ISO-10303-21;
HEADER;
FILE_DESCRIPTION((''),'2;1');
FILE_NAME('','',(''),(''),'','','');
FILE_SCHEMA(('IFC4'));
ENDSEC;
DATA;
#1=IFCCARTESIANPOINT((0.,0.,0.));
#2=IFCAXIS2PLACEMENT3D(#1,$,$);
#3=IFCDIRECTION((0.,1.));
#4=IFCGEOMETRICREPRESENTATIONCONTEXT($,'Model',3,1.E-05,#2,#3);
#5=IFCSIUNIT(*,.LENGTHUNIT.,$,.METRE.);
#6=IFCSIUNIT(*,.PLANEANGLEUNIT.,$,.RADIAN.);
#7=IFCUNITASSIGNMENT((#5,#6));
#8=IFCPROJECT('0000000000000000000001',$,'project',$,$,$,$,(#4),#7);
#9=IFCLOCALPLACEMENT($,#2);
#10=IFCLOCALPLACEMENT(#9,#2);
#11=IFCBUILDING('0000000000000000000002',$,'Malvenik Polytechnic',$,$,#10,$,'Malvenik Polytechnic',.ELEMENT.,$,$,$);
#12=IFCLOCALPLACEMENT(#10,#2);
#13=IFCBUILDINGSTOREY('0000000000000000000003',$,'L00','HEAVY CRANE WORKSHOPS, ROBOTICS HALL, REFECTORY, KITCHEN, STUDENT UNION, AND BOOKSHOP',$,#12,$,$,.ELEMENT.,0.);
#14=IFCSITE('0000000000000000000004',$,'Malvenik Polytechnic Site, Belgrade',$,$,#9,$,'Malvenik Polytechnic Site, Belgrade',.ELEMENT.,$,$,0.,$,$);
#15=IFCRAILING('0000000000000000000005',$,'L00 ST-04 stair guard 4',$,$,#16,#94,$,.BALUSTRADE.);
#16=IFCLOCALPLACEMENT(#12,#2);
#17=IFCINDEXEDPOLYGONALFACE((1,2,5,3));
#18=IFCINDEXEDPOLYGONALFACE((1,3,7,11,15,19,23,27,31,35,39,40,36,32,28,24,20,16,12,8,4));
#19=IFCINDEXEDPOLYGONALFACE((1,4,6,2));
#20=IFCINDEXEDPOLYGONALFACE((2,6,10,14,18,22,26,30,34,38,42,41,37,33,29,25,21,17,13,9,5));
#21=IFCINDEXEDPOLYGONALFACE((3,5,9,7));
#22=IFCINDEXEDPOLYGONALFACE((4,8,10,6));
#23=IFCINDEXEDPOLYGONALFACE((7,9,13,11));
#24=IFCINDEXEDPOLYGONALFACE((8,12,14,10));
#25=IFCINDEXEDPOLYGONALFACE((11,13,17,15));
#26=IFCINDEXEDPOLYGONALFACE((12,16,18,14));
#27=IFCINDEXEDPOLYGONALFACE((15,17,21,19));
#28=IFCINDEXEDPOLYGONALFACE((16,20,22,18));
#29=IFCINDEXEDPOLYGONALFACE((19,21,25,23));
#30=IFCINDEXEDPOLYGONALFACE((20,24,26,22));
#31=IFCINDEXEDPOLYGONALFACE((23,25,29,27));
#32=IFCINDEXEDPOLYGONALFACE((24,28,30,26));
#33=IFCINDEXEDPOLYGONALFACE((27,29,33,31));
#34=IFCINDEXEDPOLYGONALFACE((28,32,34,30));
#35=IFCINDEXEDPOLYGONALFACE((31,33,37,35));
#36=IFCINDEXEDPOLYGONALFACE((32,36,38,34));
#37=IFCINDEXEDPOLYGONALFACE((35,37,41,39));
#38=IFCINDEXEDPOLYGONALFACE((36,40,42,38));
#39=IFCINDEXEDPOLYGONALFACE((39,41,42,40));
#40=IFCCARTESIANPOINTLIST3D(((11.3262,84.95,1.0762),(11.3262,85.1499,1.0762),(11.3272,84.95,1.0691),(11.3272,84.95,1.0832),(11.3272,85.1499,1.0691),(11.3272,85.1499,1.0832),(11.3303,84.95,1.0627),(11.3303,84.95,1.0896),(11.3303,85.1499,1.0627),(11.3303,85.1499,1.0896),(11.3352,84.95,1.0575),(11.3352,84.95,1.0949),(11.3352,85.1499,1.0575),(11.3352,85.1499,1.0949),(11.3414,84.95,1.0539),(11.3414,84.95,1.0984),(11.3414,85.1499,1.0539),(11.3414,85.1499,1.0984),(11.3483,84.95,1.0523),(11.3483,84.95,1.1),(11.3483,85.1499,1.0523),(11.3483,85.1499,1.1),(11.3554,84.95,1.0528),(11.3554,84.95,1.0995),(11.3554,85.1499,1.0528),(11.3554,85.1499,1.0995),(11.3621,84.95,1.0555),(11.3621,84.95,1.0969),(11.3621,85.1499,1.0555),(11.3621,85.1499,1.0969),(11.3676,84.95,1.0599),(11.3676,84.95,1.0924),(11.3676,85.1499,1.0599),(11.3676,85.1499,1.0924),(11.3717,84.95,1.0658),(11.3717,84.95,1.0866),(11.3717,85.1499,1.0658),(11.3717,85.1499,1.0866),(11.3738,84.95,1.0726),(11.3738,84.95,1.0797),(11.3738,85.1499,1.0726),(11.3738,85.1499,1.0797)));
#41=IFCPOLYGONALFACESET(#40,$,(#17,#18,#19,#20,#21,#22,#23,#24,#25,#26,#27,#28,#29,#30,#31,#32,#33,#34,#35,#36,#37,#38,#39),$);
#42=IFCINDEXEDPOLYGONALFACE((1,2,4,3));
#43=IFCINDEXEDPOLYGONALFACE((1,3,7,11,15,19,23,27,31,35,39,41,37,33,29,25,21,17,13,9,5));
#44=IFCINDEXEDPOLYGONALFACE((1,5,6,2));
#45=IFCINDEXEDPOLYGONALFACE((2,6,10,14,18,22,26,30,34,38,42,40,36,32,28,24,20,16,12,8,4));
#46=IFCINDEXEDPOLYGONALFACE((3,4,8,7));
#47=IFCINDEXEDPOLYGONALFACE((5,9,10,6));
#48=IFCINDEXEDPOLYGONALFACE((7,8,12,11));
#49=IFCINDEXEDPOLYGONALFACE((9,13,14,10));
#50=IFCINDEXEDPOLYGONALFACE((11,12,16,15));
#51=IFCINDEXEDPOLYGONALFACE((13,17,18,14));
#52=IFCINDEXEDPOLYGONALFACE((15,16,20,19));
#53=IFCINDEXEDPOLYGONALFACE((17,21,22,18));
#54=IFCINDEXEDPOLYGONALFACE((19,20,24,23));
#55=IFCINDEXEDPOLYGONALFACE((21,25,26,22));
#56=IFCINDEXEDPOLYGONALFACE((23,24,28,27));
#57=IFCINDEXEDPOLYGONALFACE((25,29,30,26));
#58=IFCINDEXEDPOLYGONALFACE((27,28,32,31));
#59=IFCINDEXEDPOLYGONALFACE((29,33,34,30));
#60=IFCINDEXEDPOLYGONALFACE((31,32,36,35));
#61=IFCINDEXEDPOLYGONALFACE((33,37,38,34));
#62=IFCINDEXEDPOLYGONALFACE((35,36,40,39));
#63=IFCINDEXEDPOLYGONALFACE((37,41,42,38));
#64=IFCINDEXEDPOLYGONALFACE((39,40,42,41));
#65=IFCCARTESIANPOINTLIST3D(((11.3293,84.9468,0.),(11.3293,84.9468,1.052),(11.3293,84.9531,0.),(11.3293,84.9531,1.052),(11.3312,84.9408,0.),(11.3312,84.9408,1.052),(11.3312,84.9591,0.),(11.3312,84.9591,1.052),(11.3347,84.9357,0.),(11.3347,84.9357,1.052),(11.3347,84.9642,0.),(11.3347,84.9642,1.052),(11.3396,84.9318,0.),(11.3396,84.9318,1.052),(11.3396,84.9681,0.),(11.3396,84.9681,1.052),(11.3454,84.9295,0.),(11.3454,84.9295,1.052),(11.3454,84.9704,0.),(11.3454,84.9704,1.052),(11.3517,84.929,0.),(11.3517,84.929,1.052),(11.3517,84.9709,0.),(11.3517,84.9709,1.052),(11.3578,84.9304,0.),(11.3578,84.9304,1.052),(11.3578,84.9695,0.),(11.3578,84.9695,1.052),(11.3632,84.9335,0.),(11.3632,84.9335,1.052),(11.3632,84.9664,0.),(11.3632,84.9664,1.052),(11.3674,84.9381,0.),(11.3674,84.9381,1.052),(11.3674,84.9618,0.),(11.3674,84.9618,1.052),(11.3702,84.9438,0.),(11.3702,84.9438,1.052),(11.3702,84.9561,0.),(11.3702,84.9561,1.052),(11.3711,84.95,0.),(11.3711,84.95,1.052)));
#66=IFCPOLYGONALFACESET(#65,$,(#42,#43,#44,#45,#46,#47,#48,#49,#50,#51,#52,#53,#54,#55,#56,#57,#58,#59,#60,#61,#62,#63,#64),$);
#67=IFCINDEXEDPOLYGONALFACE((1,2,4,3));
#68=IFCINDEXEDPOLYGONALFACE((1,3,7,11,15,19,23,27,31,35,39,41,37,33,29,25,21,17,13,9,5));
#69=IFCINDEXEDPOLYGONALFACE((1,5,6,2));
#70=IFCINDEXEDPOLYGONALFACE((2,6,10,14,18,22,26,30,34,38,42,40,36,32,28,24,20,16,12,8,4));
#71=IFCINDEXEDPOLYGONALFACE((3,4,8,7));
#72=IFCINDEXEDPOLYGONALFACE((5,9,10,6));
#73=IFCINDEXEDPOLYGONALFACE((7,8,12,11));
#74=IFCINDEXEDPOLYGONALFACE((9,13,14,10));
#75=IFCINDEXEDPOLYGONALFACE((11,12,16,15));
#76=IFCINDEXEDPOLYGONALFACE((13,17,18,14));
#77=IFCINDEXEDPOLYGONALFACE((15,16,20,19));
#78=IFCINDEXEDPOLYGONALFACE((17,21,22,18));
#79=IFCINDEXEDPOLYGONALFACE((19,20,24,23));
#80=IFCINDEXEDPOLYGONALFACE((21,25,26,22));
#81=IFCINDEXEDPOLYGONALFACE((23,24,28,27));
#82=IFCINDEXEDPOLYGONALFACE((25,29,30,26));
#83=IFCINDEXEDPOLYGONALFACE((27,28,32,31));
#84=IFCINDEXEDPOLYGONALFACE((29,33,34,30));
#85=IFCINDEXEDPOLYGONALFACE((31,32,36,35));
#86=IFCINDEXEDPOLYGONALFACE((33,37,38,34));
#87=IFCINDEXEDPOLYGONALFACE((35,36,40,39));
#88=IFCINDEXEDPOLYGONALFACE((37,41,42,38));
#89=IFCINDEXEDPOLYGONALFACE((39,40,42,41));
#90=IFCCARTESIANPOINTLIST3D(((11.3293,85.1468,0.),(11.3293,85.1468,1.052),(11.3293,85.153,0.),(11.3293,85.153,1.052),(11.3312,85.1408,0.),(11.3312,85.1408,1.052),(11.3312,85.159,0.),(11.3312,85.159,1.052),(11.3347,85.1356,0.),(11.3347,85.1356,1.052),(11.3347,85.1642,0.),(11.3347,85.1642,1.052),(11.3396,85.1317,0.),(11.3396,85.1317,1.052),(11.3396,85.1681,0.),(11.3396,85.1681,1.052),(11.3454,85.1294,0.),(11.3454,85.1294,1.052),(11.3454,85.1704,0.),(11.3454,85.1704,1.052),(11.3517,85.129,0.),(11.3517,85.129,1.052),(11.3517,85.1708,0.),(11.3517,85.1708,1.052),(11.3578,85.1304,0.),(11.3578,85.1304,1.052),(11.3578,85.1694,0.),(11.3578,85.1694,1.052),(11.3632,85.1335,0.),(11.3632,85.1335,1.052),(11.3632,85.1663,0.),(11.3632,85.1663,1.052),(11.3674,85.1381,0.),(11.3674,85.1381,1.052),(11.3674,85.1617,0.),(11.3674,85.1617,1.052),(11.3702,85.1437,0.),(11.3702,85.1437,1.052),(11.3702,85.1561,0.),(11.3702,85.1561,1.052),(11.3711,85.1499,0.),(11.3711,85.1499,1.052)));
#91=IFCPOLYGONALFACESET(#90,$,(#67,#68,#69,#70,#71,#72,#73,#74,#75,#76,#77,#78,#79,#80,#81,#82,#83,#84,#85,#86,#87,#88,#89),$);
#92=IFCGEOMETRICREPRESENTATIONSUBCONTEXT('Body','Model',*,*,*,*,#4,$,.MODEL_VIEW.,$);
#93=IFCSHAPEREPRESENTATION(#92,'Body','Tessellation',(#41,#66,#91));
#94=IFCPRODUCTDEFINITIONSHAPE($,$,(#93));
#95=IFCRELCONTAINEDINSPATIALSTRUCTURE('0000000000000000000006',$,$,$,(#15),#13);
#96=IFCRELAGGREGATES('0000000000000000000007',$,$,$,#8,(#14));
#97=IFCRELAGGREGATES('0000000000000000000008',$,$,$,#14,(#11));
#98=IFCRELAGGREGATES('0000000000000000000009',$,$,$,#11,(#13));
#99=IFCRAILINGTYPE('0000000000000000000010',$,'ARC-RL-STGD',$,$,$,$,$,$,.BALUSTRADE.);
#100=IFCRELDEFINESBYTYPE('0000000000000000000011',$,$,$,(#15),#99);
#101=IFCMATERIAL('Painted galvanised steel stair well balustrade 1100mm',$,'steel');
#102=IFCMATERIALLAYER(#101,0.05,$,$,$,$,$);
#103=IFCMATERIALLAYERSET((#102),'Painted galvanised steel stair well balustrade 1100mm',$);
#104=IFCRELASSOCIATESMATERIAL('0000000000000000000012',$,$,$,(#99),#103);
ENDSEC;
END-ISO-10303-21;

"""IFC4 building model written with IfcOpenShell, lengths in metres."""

from ifc_helpers import new_model, si_unit, direction, frame, origin, origin_2d, place, context, subcontext, project, spatial, circle, extrude, material, layer, layer_set, type_object, element, save


model = new_model("IFC4")

# Units and contexts
model_context = context("Model", 3, precision=1e-05, world=origin(), true_north=direction((0.0, 1.0)))
body_context = subcontext(model_context, "Body", "Model", "MODEL_VIEW")
ifc_project = project(units=[si_unit("LENGTHUNIT", "METRE"), si_unit("PLANEANGLEUNIT", "RADIAN")], contexts=[model_context])

# Site, building, storey
site_placement = place(None, origin())
site = spatial("IfcSite", under=ifc_project, at=site_placement, Name="Malvenik Polytechnic Site, Belgrade", LongName="Malvenik Polytechnic Site, Belgrade", CompositionType="ELEMENT", RefElevation=0.0)
building_placement = place(site_placement, origin())
building = spatial("IfcBuilding", under=site, at=building_placement, Name="Malvenik Polytechnic", LongName="Malvenik Polytechnic", CompositionType="ELEMENT")
storey_placement = place(building_placement, origin())
storey = spatial("IfcBuildingStorey", under=building, at=storey_placement, Name="L00", Description="HEAVY CRANE WORKSHOPS, ROBOTICS HALL, REFECTORY, KITCHEN, STUDENT UNION, AND BOOKSHOP", CompositionType="ELEMENT", Elevation=0.0)

# Railing
ifc_material_1 = material(Name="Painted galvanised steel stair well balustrade 1100mm", Category="steel")
ifc_layer_1 = layer(ifc_material_1, 0.05)
ifc_layer_set_1 = layer_set([ifc_layer_1], Name="Painted galvanised steel stair well balustrade 1100mm")
railing_type_1 = type_object("IfcRailingType", Name="ARC-RL-STGD", PredefinedType="BALUSTRADE", material=ifc_layer_set_1)
railing_1_placement = place(storey_placement, frame((11.3501, 84.95, 0.0)))
element("IfcRailing", 1, at=railing_1_placement, inside=storey, type_object=railing_type_1, Name="L00 ST-04 stair guard 4", PredefinedType="BALUSTRADE", context=body_context, shape_type="SweptSolid", body=[
    extrude(circle(Radius=0.0239, at=origin_2d()), frame((0.0, 0.0, 1.0762), z_axis=(0.0, 1.0, 0.0), x_axis=(-1.0, 0.0, 0.0)), (0.0, 0.0, 1.0), 0.2),
    extrude(circle(Radius=0.021, at=origin_2d()), origin(), (0.0, 0.0, 1.0), 1.052),
    extrude(circle(Radius=0.021, at=origin_2d()), frame((0.0, 0.2, 0.0)), (0.0, 0.0, 1.0), 1.052),
])

save(model, "model.ifc")
